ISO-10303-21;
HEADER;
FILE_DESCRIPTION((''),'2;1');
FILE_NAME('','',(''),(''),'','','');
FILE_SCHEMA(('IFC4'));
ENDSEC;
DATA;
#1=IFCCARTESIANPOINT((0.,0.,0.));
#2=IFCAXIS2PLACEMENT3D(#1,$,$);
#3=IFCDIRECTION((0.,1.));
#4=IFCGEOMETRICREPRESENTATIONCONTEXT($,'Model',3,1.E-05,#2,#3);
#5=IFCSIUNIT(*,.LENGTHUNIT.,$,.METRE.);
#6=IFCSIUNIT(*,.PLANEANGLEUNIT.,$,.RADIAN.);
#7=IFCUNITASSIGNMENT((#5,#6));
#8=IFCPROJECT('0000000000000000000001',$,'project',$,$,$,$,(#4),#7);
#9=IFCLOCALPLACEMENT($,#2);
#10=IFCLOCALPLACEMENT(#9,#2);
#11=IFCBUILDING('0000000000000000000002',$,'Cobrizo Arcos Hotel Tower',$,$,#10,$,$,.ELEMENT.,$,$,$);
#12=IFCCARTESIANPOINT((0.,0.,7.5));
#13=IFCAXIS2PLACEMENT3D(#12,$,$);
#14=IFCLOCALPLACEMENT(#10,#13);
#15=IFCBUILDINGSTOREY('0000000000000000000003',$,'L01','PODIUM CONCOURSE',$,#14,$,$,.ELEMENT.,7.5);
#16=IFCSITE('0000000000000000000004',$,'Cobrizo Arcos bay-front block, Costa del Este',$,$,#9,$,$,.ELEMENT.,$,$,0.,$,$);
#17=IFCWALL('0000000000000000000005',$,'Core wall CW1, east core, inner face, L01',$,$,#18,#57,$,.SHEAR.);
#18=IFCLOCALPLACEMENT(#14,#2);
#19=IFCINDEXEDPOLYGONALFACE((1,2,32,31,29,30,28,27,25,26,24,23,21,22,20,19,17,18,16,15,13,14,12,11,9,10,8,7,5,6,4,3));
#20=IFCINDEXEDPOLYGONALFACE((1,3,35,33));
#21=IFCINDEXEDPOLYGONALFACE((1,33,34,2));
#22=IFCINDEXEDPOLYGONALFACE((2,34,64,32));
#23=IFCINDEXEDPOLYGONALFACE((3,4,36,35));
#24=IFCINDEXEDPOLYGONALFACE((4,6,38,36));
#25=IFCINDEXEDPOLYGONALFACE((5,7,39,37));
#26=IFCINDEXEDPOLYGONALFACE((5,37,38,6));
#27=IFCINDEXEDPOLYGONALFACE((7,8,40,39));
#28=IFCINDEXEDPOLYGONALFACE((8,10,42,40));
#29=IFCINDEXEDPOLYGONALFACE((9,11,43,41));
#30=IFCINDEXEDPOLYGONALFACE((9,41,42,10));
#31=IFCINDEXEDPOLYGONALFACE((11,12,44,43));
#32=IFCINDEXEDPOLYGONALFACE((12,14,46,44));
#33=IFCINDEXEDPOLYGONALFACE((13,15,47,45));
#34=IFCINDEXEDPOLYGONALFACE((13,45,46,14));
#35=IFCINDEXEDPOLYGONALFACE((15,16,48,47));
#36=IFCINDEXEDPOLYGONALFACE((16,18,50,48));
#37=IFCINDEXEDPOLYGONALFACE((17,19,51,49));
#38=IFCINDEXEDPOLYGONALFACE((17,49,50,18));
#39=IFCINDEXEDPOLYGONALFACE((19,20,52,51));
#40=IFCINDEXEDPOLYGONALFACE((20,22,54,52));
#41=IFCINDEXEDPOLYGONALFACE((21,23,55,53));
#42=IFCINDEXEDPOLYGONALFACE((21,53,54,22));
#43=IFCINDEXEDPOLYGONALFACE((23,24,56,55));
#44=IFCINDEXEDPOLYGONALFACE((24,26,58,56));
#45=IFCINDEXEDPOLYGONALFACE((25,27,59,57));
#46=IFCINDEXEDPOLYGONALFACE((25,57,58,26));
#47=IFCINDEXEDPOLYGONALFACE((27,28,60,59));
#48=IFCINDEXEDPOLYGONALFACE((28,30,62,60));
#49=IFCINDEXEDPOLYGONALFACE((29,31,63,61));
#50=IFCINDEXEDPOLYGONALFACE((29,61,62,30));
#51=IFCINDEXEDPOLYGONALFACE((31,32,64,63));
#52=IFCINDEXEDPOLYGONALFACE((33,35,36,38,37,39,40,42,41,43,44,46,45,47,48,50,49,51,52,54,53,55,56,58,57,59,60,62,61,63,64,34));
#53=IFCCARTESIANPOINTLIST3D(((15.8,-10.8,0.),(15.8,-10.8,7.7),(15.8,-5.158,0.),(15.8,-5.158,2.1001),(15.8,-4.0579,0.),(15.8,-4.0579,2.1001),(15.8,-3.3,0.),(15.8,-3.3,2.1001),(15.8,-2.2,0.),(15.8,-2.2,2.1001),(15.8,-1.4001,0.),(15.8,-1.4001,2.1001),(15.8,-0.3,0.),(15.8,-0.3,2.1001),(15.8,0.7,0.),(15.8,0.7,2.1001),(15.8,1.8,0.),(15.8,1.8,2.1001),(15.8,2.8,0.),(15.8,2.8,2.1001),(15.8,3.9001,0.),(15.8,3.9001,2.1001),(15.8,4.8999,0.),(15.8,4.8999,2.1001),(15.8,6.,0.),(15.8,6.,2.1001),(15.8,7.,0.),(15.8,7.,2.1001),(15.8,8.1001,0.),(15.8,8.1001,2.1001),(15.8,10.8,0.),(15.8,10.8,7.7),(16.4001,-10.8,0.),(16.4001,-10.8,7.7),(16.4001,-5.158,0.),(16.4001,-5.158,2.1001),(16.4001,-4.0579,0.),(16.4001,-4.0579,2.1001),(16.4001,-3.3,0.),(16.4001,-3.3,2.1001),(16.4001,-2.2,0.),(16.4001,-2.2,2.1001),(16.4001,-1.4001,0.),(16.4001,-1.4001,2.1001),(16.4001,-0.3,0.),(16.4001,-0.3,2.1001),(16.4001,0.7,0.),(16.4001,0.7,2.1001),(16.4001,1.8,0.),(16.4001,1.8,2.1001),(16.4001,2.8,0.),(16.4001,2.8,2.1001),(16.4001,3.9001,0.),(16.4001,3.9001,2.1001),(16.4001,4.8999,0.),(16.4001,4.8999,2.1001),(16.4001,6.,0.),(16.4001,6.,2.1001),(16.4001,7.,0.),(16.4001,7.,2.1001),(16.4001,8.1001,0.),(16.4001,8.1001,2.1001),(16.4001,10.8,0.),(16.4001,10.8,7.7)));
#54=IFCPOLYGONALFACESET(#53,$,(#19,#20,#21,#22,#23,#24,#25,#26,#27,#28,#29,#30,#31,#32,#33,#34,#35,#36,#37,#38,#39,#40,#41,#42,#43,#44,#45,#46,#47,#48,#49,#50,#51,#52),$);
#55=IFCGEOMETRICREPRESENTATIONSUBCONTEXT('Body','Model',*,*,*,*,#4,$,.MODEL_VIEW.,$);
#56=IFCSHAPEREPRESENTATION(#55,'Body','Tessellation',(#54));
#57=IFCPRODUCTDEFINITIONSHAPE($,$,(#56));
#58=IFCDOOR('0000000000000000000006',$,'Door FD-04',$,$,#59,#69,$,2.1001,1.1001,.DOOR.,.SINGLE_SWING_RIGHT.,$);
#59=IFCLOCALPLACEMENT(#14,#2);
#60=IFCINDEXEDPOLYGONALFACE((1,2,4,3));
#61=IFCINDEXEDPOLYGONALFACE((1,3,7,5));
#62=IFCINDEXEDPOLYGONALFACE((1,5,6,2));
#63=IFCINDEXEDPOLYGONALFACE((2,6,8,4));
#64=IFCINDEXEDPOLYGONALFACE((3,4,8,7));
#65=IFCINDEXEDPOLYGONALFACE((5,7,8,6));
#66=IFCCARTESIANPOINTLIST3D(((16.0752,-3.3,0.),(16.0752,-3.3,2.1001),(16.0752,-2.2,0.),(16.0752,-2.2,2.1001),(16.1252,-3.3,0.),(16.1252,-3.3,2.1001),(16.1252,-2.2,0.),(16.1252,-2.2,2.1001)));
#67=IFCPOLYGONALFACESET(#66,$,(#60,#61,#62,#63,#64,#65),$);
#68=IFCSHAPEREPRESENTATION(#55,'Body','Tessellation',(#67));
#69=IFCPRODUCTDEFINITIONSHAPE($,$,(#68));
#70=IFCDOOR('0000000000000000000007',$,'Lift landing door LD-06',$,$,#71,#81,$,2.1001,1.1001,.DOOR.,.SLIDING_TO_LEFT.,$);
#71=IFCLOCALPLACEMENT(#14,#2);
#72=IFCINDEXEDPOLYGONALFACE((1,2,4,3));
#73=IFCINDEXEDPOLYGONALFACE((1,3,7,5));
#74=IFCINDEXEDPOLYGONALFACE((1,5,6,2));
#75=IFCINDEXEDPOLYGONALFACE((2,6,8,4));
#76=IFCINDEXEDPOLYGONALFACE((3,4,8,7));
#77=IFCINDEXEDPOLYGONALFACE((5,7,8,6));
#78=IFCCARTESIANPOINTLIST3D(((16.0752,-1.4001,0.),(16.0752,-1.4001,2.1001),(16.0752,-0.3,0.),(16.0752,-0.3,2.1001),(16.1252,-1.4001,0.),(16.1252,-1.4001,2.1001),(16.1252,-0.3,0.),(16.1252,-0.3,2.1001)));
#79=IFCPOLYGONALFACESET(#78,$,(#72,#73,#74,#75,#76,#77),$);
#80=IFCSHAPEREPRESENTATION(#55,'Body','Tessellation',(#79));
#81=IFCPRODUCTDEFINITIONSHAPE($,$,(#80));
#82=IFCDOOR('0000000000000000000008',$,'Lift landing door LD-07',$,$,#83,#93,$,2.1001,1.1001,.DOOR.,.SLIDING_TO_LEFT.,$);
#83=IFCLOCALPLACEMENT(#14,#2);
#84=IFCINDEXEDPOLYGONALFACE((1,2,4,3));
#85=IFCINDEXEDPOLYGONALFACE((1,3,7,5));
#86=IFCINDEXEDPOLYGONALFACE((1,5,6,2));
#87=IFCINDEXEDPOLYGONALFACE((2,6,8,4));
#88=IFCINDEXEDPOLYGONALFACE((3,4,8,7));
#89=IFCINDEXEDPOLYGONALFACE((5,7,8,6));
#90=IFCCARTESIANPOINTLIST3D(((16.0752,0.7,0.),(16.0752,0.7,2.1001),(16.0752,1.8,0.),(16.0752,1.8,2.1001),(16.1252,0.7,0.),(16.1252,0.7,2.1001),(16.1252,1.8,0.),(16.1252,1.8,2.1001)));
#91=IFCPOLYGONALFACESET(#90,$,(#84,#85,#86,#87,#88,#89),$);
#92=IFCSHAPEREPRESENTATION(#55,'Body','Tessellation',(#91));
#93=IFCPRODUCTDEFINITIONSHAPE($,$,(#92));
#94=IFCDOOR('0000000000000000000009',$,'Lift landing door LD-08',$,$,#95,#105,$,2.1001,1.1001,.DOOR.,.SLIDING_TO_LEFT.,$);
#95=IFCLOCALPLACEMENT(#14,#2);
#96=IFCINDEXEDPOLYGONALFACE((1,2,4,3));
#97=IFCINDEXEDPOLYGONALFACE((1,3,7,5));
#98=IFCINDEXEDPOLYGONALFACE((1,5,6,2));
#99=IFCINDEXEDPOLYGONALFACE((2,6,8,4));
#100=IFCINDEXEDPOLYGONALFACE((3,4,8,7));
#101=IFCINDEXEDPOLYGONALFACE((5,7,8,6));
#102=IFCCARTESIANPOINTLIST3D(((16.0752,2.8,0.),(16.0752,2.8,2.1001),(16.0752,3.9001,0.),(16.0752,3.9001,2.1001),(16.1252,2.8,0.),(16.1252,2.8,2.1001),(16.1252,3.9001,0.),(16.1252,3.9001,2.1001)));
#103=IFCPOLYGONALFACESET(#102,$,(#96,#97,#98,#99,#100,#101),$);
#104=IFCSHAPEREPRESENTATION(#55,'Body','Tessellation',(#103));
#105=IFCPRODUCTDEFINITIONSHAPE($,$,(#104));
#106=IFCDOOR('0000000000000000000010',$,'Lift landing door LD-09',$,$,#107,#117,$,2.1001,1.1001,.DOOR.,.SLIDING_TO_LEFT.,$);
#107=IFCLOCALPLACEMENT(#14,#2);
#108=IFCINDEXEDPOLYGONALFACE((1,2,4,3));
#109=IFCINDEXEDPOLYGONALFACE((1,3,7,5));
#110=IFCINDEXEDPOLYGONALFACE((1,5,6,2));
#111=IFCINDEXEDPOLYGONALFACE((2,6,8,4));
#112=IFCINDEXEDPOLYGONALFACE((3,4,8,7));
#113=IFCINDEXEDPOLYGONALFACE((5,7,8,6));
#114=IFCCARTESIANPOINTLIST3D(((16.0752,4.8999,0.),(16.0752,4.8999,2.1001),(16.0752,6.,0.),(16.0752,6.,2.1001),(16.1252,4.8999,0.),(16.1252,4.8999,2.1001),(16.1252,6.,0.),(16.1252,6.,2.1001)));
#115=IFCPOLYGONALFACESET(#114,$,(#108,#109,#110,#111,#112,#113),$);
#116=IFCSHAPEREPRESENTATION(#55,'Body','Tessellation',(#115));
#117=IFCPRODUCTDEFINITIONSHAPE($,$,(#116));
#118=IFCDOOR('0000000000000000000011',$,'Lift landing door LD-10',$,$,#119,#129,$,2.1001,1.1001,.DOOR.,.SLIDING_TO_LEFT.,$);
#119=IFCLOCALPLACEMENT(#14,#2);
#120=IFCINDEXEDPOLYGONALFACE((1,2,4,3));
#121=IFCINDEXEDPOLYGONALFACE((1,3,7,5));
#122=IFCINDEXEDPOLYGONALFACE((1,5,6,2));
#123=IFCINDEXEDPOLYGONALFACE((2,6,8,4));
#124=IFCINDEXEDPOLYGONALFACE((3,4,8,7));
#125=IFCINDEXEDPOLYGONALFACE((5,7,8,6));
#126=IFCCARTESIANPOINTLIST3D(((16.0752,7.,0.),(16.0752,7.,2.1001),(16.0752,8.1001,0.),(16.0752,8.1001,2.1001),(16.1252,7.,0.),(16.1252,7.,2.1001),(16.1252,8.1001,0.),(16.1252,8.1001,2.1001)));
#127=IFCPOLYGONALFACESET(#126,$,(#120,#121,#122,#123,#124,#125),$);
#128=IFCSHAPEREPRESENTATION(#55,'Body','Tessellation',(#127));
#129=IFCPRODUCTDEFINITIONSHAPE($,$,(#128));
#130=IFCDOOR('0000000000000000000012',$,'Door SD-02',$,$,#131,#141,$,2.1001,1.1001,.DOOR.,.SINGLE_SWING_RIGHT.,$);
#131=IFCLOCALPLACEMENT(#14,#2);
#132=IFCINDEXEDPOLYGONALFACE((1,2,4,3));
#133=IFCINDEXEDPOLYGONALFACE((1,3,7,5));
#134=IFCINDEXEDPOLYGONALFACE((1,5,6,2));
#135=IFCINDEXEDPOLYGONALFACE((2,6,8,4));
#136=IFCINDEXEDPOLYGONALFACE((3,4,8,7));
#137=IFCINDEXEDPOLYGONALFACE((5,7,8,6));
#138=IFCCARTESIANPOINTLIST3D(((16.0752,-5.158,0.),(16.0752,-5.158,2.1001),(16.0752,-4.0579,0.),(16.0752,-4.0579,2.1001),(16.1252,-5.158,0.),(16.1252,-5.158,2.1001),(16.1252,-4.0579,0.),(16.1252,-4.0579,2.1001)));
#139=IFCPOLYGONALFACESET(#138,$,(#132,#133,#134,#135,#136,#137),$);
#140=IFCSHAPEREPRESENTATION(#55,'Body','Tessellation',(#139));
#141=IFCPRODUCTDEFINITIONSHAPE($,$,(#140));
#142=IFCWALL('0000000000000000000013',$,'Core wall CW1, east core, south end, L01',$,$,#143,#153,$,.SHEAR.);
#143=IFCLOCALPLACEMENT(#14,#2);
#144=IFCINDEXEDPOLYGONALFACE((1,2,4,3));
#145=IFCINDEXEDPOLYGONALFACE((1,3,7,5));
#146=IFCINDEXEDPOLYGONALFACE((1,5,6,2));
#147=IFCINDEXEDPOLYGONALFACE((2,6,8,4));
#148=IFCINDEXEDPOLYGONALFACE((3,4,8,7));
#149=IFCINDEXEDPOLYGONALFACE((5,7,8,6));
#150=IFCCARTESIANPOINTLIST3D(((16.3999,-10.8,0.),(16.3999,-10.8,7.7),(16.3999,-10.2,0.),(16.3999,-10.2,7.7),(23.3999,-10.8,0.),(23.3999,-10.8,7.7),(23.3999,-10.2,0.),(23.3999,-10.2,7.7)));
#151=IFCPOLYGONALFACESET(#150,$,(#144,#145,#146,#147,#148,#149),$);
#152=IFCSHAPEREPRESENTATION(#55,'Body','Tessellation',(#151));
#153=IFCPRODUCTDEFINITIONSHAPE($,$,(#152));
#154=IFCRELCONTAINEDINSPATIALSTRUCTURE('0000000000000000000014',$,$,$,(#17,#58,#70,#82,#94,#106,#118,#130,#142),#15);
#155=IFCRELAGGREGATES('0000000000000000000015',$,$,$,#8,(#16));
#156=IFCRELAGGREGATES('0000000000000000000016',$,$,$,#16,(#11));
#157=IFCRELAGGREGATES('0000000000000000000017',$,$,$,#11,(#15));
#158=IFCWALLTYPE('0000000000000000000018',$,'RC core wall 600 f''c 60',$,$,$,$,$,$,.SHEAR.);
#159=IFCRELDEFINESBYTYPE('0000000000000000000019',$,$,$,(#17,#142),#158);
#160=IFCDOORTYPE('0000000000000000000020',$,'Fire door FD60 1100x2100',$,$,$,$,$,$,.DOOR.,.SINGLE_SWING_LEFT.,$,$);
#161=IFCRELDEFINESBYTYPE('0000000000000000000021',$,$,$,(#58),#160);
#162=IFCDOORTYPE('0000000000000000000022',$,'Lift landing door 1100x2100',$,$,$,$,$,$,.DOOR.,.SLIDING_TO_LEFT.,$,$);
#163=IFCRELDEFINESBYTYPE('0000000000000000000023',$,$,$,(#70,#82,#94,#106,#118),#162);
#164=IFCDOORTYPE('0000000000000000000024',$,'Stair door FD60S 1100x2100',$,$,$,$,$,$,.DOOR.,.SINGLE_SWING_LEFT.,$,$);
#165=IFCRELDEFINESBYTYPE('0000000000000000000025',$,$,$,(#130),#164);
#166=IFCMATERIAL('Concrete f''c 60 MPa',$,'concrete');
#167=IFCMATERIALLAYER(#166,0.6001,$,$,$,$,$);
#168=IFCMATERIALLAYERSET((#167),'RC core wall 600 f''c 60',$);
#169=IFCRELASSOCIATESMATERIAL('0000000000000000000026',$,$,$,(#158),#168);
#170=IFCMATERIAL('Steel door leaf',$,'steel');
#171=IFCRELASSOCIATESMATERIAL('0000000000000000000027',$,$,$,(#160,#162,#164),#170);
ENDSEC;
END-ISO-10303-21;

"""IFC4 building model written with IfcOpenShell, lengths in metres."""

from ifc_helpers import new_model, si_unit, direction, frame, frame_2d, origin, place, context, subcontext, project, spatial, rectangle, extrude, material, layer, layer_set, type_object, element, fill, save


model = new_model("IFC4")

# Units and contexts
model_context = context("Model", 3, precision=1e-05, world=origin(), true_north=direction((0.0, 1.0)))
body_context = subcontext(model_context, "Body", "Model", "MODEL_VIEW")
ifc_project = project(units=[si_unit("LENGTHUNIT", "METRE"), si_unit("PLANEANGLEUNIT", "RADIAN")], contexts=[model_context])

# Site, building, storey
site_placement = place(None, origin())
site = spatial("IfcSite", under=ifc_project, at=site_placement, Name="Cobrizo Arcos bay-front block, Costa del Este", CompositionType="ELEMENT", RefElevation=0.0)
building_placement = place(site_placement, origin())
building = spatial("IfcBuilding", under=site, at=building_placement, Name="Cobrizo Arcos Hotel Tower", CompositionType="ELEMENT")
storey_placement = place(building_placement, frame((0.0, 0.0, 7.5)))
storey = spatial("IfcBuildingStorey", under=building, at=storey_placement, Name="L01", Description="PODIUM CONCOURSE", CompositionType="ELEMENT", Elevation=7.5)

# Wall, openings, doors
ifc_material_1 = material(Name="Concrete f'c 60 MPa", Category="concrete")
ifc_layer_1 = layer(ifc_material_1, 0.6001)
ifc_layer_set_1 = layer_set([ifc_layer_1], Name="RC core wall 600 f'c 60")
wall_type_1 = type_object("IfcWallType", Name="RC core wall 600 f'c 60", PredefinedType="SHEAR", material=ifc_layer_set_1)
wall_1_placement = place(storey_placement, frame((16.1001, -10.8, 0.0), z_axis=(0.0, 0.0, 1.0), x_axis=(0.0, 1.0, 0.0)))
wall_1 = element("IfcWall", 1, at=wall_1_placement, inside=storey, type_object=wall_type_1, Name="Core wall CW1, east core, inner face, L01", PredefinedType="SHEAR", context=body_context, shape_type="SweptSolid", body=[
    extrude(rectangle(XDim=21.6001, YDim=0.6001, at=frame_2d((10.8, 0.0))), origin(), (0.0, 0.0, 1.0), 7.7),
])
opening_1_placement = place(wall_1_placement, frame((9.3999, 0.0, 0.0)))
opening_1 = element("IfcOpeningElement", 2, at=opening_1_placement, cuts=wall_1, PredefinedType="OPENING", context=body_context, shape_type="SweptSolid", body=[
    extrude(rectangle(XDim=1.1001, YDim=2.1001, at=frame_2d((0.55, 1.05))), frame((0.0, 0.312, 0.0), z_axis=(0.0, -1.0, 0.0), x_axis=(1.0, 0.0, 0.0)), (0.0, 0.0, 1.0), 0.624),
])
opening_2_placement = place(wall_1_placement, frame((11.5, 0.0, 0.0)))
opening_2 = element("IfcOpeningElement", 3, at=opening_2_placement, cuts=wall_1, PredefinedType="OPENING", context=body_context, shape_type="SweptSolid", body=[
    extrude(rectangle(XDim=1.1001, YDim=2.1001, at=frame_2d((0.55, 1.05))), frame((0.0, 0.312, 0.0), z_axis=(0.0, -1.0, 0.0), x_axis=(1.0, 0.0, 0.0)), (0.0, 0.0, 1.0), 0.624),
])
opening_3_placement = place(wall_1_placement, frame((13.6001, 0.0, 0.0)))
opening_3 = element("IfcOpeningElement", 4, at=opening_3_placement, cuts=wall_1, PredefinedType="OPENING", context=body_context, shape_type="SweptSolid", body=[
    extrude(rectangle(XDim=1.1001, YDim=2.1001, at=frame_2d((0.55, 1.05))), frame((0.0, 0.312, 0.0), z_axis=(0.0, -1.0, 0.0), x_axis=(1.0, 0.0, 0.0)), (0.0, 0.0, 1.0), 0.624),
])
opening_4_placement = place(wall_1_placement, frame((15.7, 0.0, 0.0)))
opening_4 = element("IfcOpeningElement", 5, at=opening_4_placement, cuts=wall_1, PredefinedType="OPENING", context=body_context, shape_type="SweptSolid", body=[
    extrude(rectangle(XDim=1.1001, YDim=2.1001, at=frame_2d((0.55, 1.05))), frame((0.0, 0.312, 0.0), z_axis=(0.0, -1.0, 0.0), x_axis=(1.0, 0.0, 0.0)), (0.0, 0.0, 1.0), 0.624),
])
opening_5_placement = place(wall_1_placement, frame((17.8, 0.0, 0.0)))
opening_5 = element("IfcOpeningElement", 6, at=opening_5_placement, cuts=wall_1, PredefinedType="OPENING", context=body_context, shape_type="SweptSolid", body=[
    extrude(rectangle(XDim=1.1001, YDim=2.1001, at=frame_2d((0.55, 1.05))), frame((0.0, 0.312, 0.0), z_axis=(0.0, -1.0, 0.0), x_axis=(1.0, 0.0, 0.0)), (0.0, 0.0, 1.0), 0.624),
])
opening_6_placement = place(wall_1_placement, frame((5.6421, 0.0, 0.0)))
opening_6 = element("IfcOpeningElement", 7, at=opening_6_placement, cuts=wall_1, PredefinedType="OPENING", context=body_context, shape_type="SweptSolid", body=[
    extrude(rectangle(XDim=1.1001, YDim=2.1001, at=frame_2d((0.55, 1.05))), frame((0.0, 0.312, 0.0), z_axis=(0.0, -1.0, 0.0), x_axis=(1.0, 0.0, 0.0)), (0.0, 0.0, 1.0), 0.624),
])
opening_7_placement = place(wall_1_placement, frame((7.5, 0.0, 0.0)))
opening_7 = element("IfcOpeningElement", 8, at=opening_7_placement, cuts=wall_1, PredefinedType="OPENING", context=body_context, shape_type="SweptSolid", body=[
    extrude(rectangle(XDim=1.1001, YDim=2.1001, at=frame_2d((0.55, 1.05))), frame((0.0, 0.312, 0.0), z_axis=(0.0, -1.0, 0.0), x_axis=(1.0, 0.0, 0.0)), (0.0, 0.0, 1.0), 0.624),
])
ifc_material_2 = material(Name="Steel door leaf", Category="steel")
door_type_1 = type_object("IfcDoorType", Name="Fire door FD60 1100x2100", OperationType="SINGLE_SWING_LEFT", PredefinedType="DOOR", material=ifc_material_2)
door_1_placement = place(opening_7_placement, origin())
door_1 = element("IfcDoor", 9, at=door_1_placement, inside=storey, type_object=door_type_1, Name="Door FD-04", OperationType="SINGLE_SWING_RIGHT", OverallHeight=2.1001, OverallWidth=1.1001, PredefinedType="DOOR", context=body_context, shape_type="SweptSolid", body=[
    extrude(rectangle(XDim=1.1001, YDim=2.1001, at=frame_2d((0.55, 1.05))), frame((0.0, 0.0249, 0.0), z_axis=(0.0, -1.0, 0.0), x_axis=(1.0, 0.0, 0.0)), (0.0, 0.0, 1.0), 0.05),
])
fill(opening_7, door_1)
door_type_2 = type_object("IfcDoorType", Name="Lift landing door 1100x2100", OperationType="SLIDING_TO_LEFT", PredefinedType="DOOR", material=ifc_material_2)
door_2_placement = place(opening_1_placement, origin())
door_2 = element("IfcDoor", 10, at=door_2_placement, inside=storey, type_object=door_type_2, Name="Lift landing door LD-06", OperationType="SLIDING_TO_LEFT", OverallHeight=2.1001, OverallWidth=1.1001, PredefinedType="DOOR", context=body_context, shape_type="SweptSolid", body=[
    extrude(rectangle(XDim=1.1001, YDim=2.1001, at=frame_2d((0.55, 1.05))), frame((0.0, 0.0249, 0.0), z_axis=(0.0, -1.0, 0.0), x_axis=(1.0, 0.0, 0.0)), (0.0, 0.0, 1.0), 0.05),
])
fill(opening_1, door_2)
door_3_placement = place(opening_2_placement, origin())
door_3 = element("IfcDoor", 11, at=door_3_placement, inside=storey, type_object=door_type_2, Name="Lift landing door LD-07", OperationType="SLIDING_TO_LEFT", OverallHeight=2.1001, OverallWidth=1.1001, PredefinedType="DOOR", context=body_context, shape_type="SweptSolid", body=[
    extrude(rectangle(XDim=1.1001, YDim=2.1001, at=frame_2d((0.55, 1.05))), frame((0.0, 0.0249, 0.0), z_axis=(0.0, -1.0, 0.0), x_axis=(1.0, 0.0, 0.0)), (0.0, 0.0, 1.0), 0.05),
])
fill(opening_2, door_3)
door_4_placement = place(opening_3_placement, origin())
door_4 = element("IfcDoor", 12, at=door_4_placement, inside=storey, type_object=door_type_2, Name="Lift landing door LD-08", OperationType="SLIDING_TO_LEFT", OverallHeight=2.1001, OverallWidth=1.1001, PredefinedType="DOOR", context=body_context, shape_type="SweptSolid", body=[
    extrude(rectangle(XDim=1.1001, YDim=2.1001, at=frame_2d((0.55, 1.05))), frame((0.0, 0.0249, 0.0), z_axis=(0.0, -1.0, 0.0), x_axis=(1.0, 0.0, 0.0)), (0.0, 0.0, 1.0), 0.05),
])
fill(opening_3, door_4)
door_5_placement = place(opening_4_placement, origin())
door_5 = element("IfcDoor", 13, at=door_5_placement, inside=storey, type_object=door_type_2, Name="Lift landing door LD-09", OperationType="SLIDING_TO_LEFT", OverallHeight=2.1001, OverallWidth=1.1001, PredefinedType="DOOR", context=body_context, shape_type="SweptSolid", body=[
    extrude(rectangle(XDim=1.1001, YDim=2.1001, at=frame_2d((0.55, 1.05))), frame((0.0, 0.0249, 0.0), z_axis=(0.0, -1.0, 0.0), x_axis=(1.0, 0.0, 0.0)), (0.0, 0.0, 1.0), 0.05),
])
fill(opening_4, door_5)
door_6_placement = place(opening_5_placement, origin())
door_6 = element("IfcDoor", 14, at=door_6_placement, inside=storey, type_object=door_type_2, Name="Lift landing door LD-10", OperationType="SLIDING_TO_LEFT", OverallHeight=2.1001, OverallWidth=1.1001, PredefinedType="DOOR", context=body_context, shape_type="SweptSolid", body=[
    extrude(rectangle(XDim=1.1001, YDim=2.1001, at=frame_2d((0.55, 1.05))), frame((0.0, 0.0249, 0.0), z_axis=(0.0, -1.0, 0.0), x_axis=(1.0, 0.0, 0.0)), (0.0, 0.0, 1.0), 0.05),
])
fill(opening_5, door_6)
door_type_3 = type_object("IfcDoorType", Name="Stair door FD60S 1100x2100", OperationType="SINGLE_SWING_LEFT", PredefinedType="DOOR", material=ifc_material_2)
door_7_placement = place(opening_6_placement, origin())
door_7 = element("IfcDoor", 15, at=door_7_placement, inside=storey, type_object=door_type_3, Name="Door SD-02", OperationType="SINGLE_SWING_RIGHT", OverallHeight=2.1001, OverallWidth=1.1001, PredefinedType="DOOR", context=body_context, shape_type="SweptSolid", body=[
    extrude(rectangle(XDim=1.1001, YDim=2.1001, at=frame_2d((0.55, 1.05))), frame((0.0, 0.0249, 0.0), z_axis=(0.0, -1.0, 0.0), x_axis=(1.0, 0.0, 0.0)), (0.0, 0.0, 1.0), 0.05),
])
fill(opening_6, door_7)

# Wall
wall_2_placement = place(storey_placement, frame((16.3999, -10.5, 0.0), z_axis=(0.0, 0.0, 1.0), x_axis=(1.0, 0.0, 0.0)))
element("IfcWall", 16, at=wall_2_placement, inside=storey, type_object=wall_type_1, Name="Core wall CW1, east core, south end, L01", PredefinedType="SHEAR", context=body_context, shape_type="SweptSolid", body=[
    extrude(rectangle(XDim=7.0, YDim=0.6001, at=frame_2d((3.5, 0.0))), origin(), (0.0, 0.0, 1.0), 7.7),
])

save(model, "model.ifc")
